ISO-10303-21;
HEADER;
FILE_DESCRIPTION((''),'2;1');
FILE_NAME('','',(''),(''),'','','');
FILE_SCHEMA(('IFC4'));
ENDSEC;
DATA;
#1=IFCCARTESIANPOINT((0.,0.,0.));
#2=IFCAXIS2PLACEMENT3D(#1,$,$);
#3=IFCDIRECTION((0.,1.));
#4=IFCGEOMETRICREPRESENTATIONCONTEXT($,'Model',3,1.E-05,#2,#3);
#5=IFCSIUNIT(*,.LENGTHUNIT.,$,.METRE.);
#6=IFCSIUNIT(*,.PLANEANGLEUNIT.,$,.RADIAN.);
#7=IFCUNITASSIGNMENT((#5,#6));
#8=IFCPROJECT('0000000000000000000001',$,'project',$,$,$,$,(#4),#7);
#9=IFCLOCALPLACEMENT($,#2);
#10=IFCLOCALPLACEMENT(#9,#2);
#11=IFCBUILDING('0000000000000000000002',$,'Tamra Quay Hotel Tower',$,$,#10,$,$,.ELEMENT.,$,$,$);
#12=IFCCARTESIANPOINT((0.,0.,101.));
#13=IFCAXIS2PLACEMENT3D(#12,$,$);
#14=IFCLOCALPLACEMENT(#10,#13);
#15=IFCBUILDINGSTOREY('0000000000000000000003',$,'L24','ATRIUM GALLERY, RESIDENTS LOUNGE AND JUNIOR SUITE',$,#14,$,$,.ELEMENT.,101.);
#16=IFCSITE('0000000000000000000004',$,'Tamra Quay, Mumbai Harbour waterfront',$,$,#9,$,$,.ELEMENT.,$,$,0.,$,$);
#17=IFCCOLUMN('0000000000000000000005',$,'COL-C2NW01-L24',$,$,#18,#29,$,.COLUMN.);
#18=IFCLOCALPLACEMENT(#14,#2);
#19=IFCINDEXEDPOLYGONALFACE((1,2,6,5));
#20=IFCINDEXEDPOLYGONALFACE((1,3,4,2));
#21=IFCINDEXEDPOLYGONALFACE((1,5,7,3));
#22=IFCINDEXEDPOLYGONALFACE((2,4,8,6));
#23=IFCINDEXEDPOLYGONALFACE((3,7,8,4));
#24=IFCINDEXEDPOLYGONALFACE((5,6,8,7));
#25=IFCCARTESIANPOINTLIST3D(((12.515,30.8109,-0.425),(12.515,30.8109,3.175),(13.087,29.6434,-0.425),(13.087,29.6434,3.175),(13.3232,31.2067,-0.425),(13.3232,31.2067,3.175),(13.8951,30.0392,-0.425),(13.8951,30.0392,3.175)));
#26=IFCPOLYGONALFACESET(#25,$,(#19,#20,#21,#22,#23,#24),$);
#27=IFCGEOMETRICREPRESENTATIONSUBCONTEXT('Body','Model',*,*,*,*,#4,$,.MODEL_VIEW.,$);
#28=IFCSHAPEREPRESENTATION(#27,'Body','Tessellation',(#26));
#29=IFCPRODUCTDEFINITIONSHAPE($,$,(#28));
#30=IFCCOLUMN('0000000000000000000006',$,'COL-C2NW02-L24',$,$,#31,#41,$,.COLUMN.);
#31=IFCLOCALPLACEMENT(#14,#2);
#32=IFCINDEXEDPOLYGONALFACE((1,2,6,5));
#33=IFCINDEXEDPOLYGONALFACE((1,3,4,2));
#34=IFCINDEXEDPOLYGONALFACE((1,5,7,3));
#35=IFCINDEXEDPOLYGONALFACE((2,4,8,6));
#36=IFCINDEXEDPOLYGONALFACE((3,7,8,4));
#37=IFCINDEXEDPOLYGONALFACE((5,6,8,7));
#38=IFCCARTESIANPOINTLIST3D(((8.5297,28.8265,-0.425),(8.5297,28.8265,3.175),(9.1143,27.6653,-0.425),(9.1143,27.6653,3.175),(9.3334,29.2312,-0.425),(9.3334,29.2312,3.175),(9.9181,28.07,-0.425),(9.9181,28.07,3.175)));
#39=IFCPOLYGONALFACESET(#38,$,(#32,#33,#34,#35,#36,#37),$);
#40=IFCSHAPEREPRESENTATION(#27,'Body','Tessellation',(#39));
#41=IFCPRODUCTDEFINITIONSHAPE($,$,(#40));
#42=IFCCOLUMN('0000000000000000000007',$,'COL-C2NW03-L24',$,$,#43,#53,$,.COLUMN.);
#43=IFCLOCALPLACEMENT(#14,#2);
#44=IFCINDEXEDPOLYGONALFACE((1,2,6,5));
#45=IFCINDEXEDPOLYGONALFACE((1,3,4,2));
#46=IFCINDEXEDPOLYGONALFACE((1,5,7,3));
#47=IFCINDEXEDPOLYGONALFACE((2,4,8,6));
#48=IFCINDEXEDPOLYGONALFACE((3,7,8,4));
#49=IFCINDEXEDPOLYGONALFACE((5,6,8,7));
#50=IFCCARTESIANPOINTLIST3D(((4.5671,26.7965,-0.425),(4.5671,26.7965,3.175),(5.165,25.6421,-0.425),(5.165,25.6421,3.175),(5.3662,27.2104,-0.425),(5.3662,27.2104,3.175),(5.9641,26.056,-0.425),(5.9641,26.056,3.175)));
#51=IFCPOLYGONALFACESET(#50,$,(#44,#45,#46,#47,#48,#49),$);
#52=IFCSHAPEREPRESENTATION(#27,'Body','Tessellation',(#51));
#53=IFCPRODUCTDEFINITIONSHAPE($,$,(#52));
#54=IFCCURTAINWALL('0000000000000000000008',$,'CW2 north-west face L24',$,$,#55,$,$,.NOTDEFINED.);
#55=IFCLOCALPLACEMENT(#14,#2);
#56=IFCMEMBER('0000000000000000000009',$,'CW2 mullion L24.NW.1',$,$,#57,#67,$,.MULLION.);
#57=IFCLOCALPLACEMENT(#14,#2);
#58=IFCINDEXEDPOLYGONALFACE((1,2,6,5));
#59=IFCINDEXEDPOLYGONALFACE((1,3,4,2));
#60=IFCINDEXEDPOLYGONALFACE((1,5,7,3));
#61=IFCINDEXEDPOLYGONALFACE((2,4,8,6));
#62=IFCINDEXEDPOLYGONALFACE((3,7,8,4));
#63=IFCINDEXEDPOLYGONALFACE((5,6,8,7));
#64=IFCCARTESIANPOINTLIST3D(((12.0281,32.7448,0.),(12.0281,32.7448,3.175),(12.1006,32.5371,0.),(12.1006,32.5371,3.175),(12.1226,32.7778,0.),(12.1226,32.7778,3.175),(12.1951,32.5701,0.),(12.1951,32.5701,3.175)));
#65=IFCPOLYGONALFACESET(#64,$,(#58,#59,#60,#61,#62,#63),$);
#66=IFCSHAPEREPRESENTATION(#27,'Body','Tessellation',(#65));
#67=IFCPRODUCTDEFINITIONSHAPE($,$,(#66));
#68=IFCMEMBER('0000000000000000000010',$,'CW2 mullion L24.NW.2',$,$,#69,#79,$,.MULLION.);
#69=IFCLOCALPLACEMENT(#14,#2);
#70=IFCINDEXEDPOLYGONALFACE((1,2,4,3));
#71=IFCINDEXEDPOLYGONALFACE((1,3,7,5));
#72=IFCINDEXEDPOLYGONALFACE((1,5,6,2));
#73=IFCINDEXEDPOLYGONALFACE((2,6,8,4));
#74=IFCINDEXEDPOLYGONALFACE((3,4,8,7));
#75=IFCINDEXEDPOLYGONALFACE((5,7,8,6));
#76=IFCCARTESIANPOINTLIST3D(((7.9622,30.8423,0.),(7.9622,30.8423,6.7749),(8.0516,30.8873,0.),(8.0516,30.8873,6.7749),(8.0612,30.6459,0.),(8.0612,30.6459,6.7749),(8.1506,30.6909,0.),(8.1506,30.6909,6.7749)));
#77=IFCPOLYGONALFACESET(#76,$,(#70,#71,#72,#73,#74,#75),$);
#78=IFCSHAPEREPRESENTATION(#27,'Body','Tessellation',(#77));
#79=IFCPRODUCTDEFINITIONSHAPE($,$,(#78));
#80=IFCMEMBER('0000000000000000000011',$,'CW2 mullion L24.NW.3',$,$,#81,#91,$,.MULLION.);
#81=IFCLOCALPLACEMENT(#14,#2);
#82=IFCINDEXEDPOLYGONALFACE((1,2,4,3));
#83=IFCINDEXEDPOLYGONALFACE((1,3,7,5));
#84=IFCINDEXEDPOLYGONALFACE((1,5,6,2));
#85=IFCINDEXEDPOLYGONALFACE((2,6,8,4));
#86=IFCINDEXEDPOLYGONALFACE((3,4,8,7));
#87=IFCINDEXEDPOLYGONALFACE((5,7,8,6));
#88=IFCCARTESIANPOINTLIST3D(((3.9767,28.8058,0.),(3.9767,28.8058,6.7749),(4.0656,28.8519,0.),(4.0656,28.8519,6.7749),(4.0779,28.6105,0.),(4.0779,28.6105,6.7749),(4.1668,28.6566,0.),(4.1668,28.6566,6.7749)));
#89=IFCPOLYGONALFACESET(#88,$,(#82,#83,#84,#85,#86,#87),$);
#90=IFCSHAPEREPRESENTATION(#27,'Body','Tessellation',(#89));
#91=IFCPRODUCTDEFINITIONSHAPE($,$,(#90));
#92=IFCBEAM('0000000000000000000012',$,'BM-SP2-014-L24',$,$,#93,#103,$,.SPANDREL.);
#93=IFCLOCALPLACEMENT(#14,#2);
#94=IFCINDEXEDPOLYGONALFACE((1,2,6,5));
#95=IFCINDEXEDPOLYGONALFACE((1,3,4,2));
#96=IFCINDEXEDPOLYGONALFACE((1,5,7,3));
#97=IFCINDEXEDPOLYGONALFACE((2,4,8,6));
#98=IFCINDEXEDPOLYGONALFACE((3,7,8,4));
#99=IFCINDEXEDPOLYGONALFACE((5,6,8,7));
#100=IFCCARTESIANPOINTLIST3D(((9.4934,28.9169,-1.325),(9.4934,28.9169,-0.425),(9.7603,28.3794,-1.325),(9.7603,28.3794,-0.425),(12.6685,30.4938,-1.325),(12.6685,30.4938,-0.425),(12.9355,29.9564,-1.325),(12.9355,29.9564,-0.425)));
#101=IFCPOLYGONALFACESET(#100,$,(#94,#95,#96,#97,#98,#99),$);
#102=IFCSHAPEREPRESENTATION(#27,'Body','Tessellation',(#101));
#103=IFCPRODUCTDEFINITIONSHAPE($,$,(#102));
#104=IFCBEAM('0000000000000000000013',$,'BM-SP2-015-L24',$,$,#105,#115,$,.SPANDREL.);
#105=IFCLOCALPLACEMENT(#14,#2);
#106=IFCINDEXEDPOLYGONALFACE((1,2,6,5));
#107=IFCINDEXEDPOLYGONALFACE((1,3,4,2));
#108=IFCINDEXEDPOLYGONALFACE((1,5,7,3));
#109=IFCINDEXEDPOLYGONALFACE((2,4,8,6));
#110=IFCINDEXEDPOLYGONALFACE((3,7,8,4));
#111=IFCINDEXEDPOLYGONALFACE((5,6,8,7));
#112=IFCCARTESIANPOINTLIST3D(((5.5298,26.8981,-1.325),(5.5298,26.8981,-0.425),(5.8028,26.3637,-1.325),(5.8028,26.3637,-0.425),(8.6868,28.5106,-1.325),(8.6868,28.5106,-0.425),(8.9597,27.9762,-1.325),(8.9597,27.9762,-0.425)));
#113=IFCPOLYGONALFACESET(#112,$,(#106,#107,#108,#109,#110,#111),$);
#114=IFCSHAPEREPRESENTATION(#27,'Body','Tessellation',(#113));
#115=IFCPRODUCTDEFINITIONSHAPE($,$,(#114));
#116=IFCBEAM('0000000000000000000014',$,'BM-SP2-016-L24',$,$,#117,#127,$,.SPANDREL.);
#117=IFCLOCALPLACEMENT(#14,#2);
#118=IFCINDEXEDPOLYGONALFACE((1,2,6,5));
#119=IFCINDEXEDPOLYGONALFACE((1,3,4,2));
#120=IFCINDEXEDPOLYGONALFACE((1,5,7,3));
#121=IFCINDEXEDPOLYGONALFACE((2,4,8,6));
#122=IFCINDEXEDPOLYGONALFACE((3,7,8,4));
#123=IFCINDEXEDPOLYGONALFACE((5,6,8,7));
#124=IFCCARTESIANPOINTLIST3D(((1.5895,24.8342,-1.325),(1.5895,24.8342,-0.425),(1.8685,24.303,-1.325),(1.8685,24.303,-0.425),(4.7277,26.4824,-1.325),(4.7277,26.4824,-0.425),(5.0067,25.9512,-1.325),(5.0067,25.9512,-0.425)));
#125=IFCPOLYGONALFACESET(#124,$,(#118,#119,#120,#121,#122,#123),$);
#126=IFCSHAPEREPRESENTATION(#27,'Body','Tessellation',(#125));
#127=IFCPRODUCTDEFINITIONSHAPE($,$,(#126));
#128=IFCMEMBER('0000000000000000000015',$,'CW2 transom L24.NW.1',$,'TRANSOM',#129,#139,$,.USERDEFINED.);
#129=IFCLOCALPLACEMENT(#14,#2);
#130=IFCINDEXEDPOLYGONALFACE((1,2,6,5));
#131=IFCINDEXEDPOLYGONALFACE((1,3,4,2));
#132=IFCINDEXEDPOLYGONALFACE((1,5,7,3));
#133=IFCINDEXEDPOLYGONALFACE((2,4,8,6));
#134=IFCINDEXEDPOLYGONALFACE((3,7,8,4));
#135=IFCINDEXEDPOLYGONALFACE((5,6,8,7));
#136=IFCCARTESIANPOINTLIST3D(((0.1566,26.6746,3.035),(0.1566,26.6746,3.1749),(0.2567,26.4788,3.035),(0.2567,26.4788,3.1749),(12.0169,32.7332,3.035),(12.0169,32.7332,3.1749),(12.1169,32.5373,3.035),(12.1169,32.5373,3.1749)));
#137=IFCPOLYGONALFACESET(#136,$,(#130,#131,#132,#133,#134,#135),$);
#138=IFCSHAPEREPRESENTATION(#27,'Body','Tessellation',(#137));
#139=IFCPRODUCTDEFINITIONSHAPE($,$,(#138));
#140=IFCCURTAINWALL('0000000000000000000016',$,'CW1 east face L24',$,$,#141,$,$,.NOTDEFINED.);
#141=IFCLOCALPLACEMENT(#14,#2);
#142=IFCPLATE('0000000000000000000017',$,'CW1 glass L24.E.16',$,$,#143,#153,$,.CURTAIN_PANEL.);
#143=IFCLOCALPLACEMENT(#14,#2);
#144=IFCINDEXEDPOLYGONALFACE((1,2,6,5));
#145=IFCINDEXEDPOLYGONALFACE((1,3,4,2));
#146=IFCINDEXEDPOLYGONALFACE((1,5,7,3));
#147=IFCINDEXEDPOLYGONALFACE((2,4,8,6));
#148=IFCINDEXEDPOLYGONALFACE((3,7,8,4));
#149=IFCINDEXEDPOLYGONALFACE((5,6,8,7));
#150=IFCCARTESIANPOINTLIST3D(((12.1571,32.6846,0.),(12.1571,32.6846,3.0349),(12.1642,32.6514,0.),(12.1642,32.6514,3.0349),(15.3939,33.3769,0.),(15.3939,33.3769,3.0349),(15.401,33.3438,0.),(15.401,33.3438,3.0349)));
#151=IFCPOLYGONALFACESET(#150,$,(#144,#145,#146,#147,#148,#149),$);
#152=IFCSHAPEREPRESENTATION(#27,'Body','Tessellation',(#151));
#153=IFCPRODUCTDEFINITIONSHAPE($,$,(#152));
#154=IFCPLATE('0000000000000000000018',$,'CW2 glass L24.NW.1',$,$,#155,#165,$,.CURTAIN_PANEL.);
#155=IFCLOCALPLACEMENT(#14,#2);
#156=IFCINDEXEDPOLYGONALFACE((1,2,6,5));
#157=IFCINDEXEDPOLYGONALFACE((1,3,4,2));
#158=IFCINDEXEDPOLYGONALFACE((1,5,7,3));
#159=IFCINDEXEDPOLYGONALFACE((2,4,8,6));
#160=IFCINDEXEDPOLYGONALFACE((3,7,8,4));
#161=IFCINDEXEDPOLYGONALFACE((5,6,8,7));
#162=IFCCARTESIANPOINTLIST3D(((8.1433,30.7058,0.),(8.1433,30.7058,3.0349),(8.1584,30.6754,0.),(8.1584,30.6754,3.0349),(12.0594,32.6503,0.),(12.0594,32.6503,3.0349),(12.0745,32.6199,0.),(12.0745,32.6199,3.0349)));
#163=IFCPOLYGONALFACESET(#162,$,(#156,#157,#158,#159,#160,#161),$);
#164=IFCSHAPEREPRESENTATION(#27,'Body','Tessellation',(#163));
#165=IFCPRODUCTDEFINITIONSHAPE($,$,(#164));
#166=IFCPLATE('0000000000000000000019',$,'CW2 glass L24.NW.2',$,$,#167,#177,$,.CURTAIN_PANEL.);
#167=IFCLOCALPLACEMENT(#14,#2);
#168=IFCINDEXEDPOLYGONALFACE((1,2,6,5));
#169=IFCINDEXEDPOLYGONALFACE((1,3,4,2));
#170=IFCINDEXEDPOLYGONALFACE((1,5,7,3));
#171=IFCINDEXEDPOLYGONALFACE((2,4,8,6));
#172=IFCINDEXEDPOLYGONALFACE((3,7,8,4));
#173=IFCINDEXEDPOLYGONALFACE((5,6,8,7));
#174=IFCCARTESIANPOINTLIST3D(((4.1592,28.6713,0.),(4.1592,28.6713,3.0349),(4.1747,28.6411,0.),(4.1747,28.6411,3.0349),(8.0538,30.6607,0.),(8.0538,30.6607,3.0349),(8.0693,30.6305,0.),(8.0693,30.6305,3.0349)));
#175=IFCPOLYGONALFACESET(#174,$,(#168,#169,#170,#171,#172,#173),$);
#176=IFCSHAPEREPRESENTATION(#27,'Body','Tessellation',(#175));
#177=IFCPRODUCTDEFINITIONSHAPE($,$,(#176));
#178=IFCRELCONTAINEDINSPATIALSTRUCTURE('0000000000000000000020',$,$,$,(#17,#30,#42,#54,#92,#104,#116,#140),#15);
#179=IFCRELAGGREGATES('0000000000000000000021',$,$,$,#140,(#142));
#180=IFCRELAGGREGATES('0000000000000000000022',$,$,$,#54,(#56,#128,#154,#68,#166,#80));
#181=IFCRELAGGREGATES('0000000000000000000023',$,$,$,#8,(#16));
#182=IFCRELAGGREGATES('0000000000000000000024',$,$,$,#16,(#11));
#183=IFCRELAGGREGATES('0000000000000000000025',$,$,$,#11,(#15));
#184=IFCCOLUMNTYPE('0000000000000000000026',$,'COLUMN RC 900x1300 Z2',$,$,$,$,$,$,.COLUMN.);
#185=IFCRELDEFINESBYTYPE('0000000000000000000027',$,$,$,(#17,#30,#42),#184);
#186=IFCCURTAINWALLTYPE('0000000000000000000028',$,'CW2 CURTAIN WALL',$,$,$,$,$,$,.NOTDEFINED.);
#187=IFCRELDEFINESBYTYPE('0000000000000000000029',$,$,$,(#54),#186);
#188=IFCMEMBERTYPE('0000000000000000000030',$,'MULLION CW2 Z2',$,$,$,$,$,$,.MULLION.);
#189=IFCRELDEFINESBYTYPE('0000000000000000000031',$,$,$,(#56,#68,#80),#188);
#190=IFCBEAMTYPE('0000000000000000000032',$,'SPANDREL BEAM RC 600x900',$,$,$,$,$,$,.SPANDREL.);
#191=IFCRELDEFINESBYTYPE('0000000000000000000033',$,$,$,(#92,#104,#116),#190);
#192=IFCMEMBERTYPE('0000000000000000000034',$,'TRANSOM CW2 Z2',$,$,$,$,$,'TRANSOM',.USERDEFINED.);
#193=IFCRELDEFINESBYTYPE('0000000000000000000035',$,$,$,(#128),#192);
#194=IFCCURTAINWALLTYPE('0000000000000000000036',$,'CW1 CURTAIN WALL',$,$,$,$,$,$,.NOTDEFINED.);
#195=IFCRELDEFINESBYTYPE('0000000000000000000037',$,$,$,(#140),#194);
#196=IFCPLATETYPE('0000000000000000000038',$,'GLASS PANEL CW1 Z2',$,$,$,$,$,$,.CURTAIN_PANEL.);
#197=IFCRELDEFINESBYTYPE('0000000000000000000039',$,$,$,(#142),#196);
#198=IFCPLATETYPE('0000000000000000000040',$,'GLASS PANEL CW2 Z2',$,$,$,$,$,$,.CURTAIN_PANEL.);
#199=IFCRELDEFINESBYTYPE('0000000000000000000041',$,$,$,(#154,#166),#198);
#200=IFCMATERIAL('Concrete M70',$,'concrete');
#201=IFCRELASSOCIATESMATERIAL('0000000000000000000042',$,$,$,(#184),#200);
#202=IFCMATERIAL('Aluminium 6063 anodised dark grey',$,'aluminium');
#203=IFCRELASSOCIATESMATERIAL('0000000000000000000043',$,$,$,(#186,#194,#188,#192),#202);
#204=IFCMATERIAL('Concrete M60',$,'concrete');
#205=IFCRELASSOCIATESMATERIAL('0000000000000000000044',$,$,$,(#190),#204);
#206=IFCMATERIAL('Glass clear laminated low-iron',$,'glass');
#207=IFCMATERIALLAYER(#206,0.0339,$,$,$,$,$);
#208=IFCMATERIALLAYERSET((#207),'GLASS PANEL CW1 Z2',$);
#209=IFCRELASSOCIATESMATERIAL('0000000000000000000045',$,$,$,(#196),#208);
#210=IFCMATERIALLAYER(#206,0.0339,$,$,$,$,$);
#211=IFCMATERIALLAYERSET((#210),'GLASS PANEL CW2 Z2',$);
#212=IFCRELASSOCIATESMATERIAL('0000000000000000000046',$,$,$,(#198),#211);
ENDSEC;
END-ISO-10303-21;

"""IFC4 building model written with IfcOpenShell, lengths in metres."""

from ifc_helpers import new_model, si_unit, direction, frame, origin, origin_2d, place, context, subcontext, project, spatial, rectangle, extrude, material, layer, layer_set, material_profile, profile_set, type_object, element, aggregate, save


model = new_model("IFC4")

# Units and contexts
model_context = context("Model", 3, precision=1e-05, world=origin(), true_north=direction((0.0, 1.0)))
body_context = subcontext(model_context, "Body", "Model", "MODEL_VIEW")
ifc_project = project(units=[si_unit("LENGTHUNIT", "METRE"), si_unit("PLANEANGLEUNIT", "RADIAN")], contexts=[model_context])

# Site, building, storey
site_placement = place(None, origin())
site = spatial("IfcSite", under=ifc_project, at=site_placement, Name="Tamra Quay, Mumbai Harbour waterfront", CompositionType="ELEMENT", RefElevation=0.0)
building_placement = place(site_placement, origin())
building = spatial("IfcBuilding", under=site, at=building_placement, Name="Tamra Quay Hotel Tower", CompositionType="ELEMENT")
storey_placement = place(building_placement, frame((0.0, 0.0, 101.0)))
storey = spatial("IfcBuildingStorey", under=building, at=storey_placement, Name="L24", Description="ATRIUM GALLERY, RESIDENTS LOUNGE AND JUNIOR SUITE", CompositionType="ELEMENT", Elevation=101.0)

# Columns
ifc_material_1 = material(Name="Concrete M70", Category="concrete")
ifc_material_profile_1 = material_profile(ifc_material_1, rectangle(XDim=1.3, YDim=0.8999, at=origin_2d()), Name="COLUMN RC 900x1300 Z2")
ifc_profile_set_1 = profile_set([ifc_material_profile_1], Name="Concrete M70")
column_type = type_object("IfcColumnType", Name="COLUMN RC 900x1300 Z2", PredefinedType="COLUMN", material=ifc_profile_set_1)
for number, where, z_axis, x_axis, name in (
    (1, (13.2051, 30.425, -0.425), (0.0, 0.0, 1.0), (-0.439916, 0.898039, 0.0), "COL-C2NW01-L24"),
    (2, (9.2239, 28.4482, -0.425), (0.0, 0.0, 1.0), (-0.449727, 0.893166, 0.0), "COL-C2NW02-L24"),
    (3, (5.2656, 26.4263, -0.425), (0.0, 0.0, 1.0), (-0.45989, 0.887976, 0.0), "COL-C2NW03-L24"),
):
    element("IfcColumn", number, at=place(storey_placement, frame(where, z_axis=z_axis, x_axis=x_axis)), inside=storey, type_object=column_type, Name=name, PredefinedType="COLUMN", context=body_context, shape_type="SweptSolid", body=[
        extrude(rectangle(XDim=1.3, YDim=0.8999, at=origin_2d()), origin(), (0.0, 0.0, 1.0), 3.6001),
    ])

# Curtain wall, members
ifc_material_2 = material(Name="Aluminium 6063 anodised dark grey", Category="aluminium")
curtain_wall_type_1 = type_object("IfcCurtainWallType", Name="CW2 CURTAIN WALL", PredefinedType="NOTDEFINED", material=ifc_material_2)
curtain_wall_1_placement = place(storey_placement, origin())
curtain_wall_1 = element("IfcCurtainWall", 4, at=curtain_wall_1_placement, inside=storey, type_object=curtain_wall_type_1, Name="CW2 north-west face L24", PredefinedType="NOTDEFINED")
ifc_material_profile_2 = material_profile(ifc_material_2, rectangle(XDim=0.22, YDim=0.1001, at=origin_2d()), Name="MULLION 100X220")
ifc_profile_set_2 = profile_set([ifc_material_profile_2], Name="Aluminium 6063 anodised dark grey")
member_type_1 = type_object("IfcMemberType", Name="MULLION CW2 Z2", PredefinedType="MULLION", material=ifc_profile_set_2)
member_1_placement = place(storey_placement, frame((12.1116, 32.6575, 0.0), z_axis=(0.0, 0.0, 1.0), x_axis=(-0.329532, 0.944144, 0.0)))
member_1 = element("IfcMember", 5, at=member_1_placement, type_object=member_type_1, Name="CW2 mullion L24.NW.1", PredefinedType="MULLION", context=body_context, shape_type="SweptSolid", body=[
    extrude(rectangle(XDim=0.22, YDim=0.1001, at=origin_2d()), origin(), (0.0, 0.0, 1.0), 3.175),
])
member_2_placement = place(storey_placement, frame((8.0564, 30.7666, 0.0), z_axis=(0.0, 0.0, 1.0), x_axis=(-0.449827, 0.893116, 0.0)))
member_2 = element("IfcMember", 6, at=member_2_placement, type_object=member_type_1, Name="CW2 mullion L24.NW.2", PredefinedType="MULLION", context=body_context, shape_type="SweptSolid", body=[
    extrude(rectangle(XDim=0.22, YDim=0.1001, at=origin_2d()), origin(), (0.0, 0.0, 1.0), 6.7749),
])
member_3_placement = place(storey_placement, frame((4.0718, 28.7312, 0.0), z_axis=(0.0, 0.0, 1.0), x_axis=(-0.45996, 0.88794, 0.0)))
member_3 = element("IfcMember", 7, at=member_3_placement, type_object=member_type_1, Name="CW2 mullion L24.NW.3", PredefinedType="MULLION", context=body_context, shape_type="SweptSolid", body=[
    extrude(rectangle(XDim=0.22, YDim=0.1001, at=origin_2d()), origin(), (0.0, 0.0, 1.0), 6.7749),
])

# Beams
ifc_material_3 = material(Name="Concrete M60", Category="concrete")
ifc_material_profile_3 = material_profile(ifc_material_3, rectangle(XDim=0.6001, YDim=0.8999, at=origin_2d()), Name="SPANDREL BEAM RC 600x900")
ifc_profile_set_3 = profile_set([ifc_material_profile_3], Name="Concrete M60")
beam_type = type_object("IfcBeamType", Name="SPANDREL BEAM RC 600x900", PredefinedType="SPANDREL", material=ifc_profile_set_3)
beam_1_placement = place(storey_placement, frame((12.802, 30.2251, -0.875), z_axis=(-0.895622, -0.444815, 0.0), x_axis=(0.444815, -0.895622, 0.0)))
element("IfcBeam", 8, at=beam_1_placement, inside=storey, type_object=beam_type, Name="BM-SP2-014-L24", PredefinedType="SPANDREL", context=body_context, shape_type="SweptSolid", body=[
    extrude(rectangle(XDim=0.6001, YDim=0.8999, at=origin_2d()), origin(), (0.0, 0.0, 1.0), 3.5452),
])
beam_2_placement = place(storey_placement, frame((8.8232, 28.2434, -0.875), z_axis=(-0.890551, -0.454883, 0.0), x_axis=(0.454883, -0.890551, 0.0)))
element("IfcBeam", 9, at=beam_2_placement, inside=storey, type_object=beam_type, Name="BM-SP2-015-L24", PredefinedType="SPANDREL", context=body_context, shape_type="SweptSolid", body=[
    extrude(rectangle(XDim=0.6001, YDim=0.8999, at=origin_2d()), origin(), (0.0, 0.0, 1.0), 3.5449),
])
beam_3_placement = place(storey_placement, frame((4.8672, 26.2168, -0.875), z_axis=(-0.885323, -0.464977, 0.0), x_axis=(0.464977, -0.885323, 0.0)))
element("IfcBeam", 10, at=beam_3_placement, inside=storey, type_object=beam_type, Name="BM-SP2-016-L24", PredefinedType="SPANDREL", context=body_context, shape_type="SweptSolid", body=[
    extrude(rectangle(XDim=0.6001, YDim=0.8999, at=origin_2d()), origin(), (0.0, 0.0, 1.0), 3.5447),
])

# Member
ifc_material_profile_4 = material_profile(ifc_material_2, rectangle(XDim=0.22, YDim=0.1399, at=origin_2d()), Name="TRANSOM 220X140")
ifc_profile_set_4 = profile_set([ifc_material_profile_4], Name="Aluminium 6063 anodised dark grey")
member_type_2 = type_object("IfcMemberType", Name="TRANSOM CW2 Z2", ElementType="TRANSOM", PredefinedType="USERDEFINED", material=ifc_profile_set_4)
member_4_placement = place(storey_placement, frame((12.0669, 32.6353, 3.105), z_axis=(-0.890537, -0.454911, 0.0), x_axis=(0.454911, -0.890537, 0.0)))
member_4 = element("IfcMember", 11, at=member_4_placement, type_object=member_type_2, Name="CW2 transom L24.NW.1", ObjectType="TRANSOM", PredefinedType="USERDEFINED", context=body_context, shape_type="SweptSolid", body=[
    extrude(rectangle(XDim=0.22, YDim=0.1399, at=origin_2d()), origin(), (0.0, 0.0, 1.0), 13.3181),
])

# Curtain wall, plate
curtain_wall_type_2 = type_object("IfcCurtainWallType", Name="CW1 CURTAIN WALL", PredefinedType="NOTDEFINED", material=ifc_material_2)
curtain_wall_2_placement = place(storey_placement, origin())
curtain_wall_2 = element("IfcCurtainWall", 12, at=curtain_wall_2_placement, inside=storey, type_object=curtain_wall_type_2, Name="CW1 east face L24", PredefinedType="NOTDEFINED")
ifc_material_4 = material(Name="Glass clear laminated low-iron", Category="glass")
ifc_layer_1 = layer(ifc_material_4, 0.0339)
ifc_layer_set_1 = layer_set([ifc_layer_1], Name="GLASS PANEL CW1 Z2")
plate_type_1 = type_object("IfcPlateType", Name="GLASS PANEL CW1 Z2", PredefinedType="CURTAIN_PANEL", material=ifc_layer_set_1)
plate_1_placement = place(storey_placement, frame((13.7791, 33.0142, 0.0), z_axis=(0.0, 0.0, 1.0), x_axis=(-0.977879, -0.209172, 0.0)))
plate_1 = element("IfcPlate", 13, at=plate_1_placement, type_object=plate_type_1, Name="CW1 glass L24.E.16", PredefinedType="CURTAIN_PANEL", context=body_context, shape_type="SweptSolid", body=[
    extrude(rectangle(XDim=3.3101, YDim=0.0339, at=origin_2d()), origin(), (0.0, 0.0, 1.0), 3.0349),
])
aggregate(curtain_wall_2, [plate_1])

# Plates
ifc_layer_2 = layer(ifc_material_4, 0.0339)
ifc_layer_set_2 = layer_set([ifc_layer_2], Name="GLASS PANEL CW2 Z2")
plate_type_2 = type_object("IfcPlateType", Name="GLASS PANEL CW2 Z2", PredefinedType="CURTAIN_PANEL", material=ifc_layer_set_2)
plate_2_placement = place(storey_placement, frame((10.1089, 31.6628, 0.0), z_axis=(0.0, 0.0, 1.0), x_axis=(-0.895658, -0.444743, 0.0)))
plate_2 = element("IfcPlate", 14, at=plate_2_placement, type_object=plate_type_2, Name="CW2 glass L24.NW.1", PredefinedType="CURTAIN_PANEL", context=body_context, shape_type="SweptSolid", body=[
    extrude(rectangle(XDim=4.3723, YDim=0.0339, at=origin_2d()), origin(), (0.0, 0.0, 1.0), 3.0349),
])
plate_3_placement = place(storey_placement, frame((6.1143, 29.6509, 0.0), z_axis=(0.0, 0.0, 1.0), x_axis=(-0.890545, -0.454896, 0.0)))
plate_3 = element("IfcPlate", 15, at=plate_3_placement, type_object=plate_type_2, Name="CW2 glass L24.NW.2", PredefinedType="CURTAIN_PANEL", context=body_context, shape_type="SweptSolid", body=[
    extrude(rectangle(XDim=4.3733, YDim=0.0339, at=origin_2d()), origin(), (0.0, 0.0, 1.0), 3.0349),
])
aggregate(curtain_wall_1, [member_1, member_4, plate_2, member_2, plate_3, member_3])

save(model, "model.ifc")
